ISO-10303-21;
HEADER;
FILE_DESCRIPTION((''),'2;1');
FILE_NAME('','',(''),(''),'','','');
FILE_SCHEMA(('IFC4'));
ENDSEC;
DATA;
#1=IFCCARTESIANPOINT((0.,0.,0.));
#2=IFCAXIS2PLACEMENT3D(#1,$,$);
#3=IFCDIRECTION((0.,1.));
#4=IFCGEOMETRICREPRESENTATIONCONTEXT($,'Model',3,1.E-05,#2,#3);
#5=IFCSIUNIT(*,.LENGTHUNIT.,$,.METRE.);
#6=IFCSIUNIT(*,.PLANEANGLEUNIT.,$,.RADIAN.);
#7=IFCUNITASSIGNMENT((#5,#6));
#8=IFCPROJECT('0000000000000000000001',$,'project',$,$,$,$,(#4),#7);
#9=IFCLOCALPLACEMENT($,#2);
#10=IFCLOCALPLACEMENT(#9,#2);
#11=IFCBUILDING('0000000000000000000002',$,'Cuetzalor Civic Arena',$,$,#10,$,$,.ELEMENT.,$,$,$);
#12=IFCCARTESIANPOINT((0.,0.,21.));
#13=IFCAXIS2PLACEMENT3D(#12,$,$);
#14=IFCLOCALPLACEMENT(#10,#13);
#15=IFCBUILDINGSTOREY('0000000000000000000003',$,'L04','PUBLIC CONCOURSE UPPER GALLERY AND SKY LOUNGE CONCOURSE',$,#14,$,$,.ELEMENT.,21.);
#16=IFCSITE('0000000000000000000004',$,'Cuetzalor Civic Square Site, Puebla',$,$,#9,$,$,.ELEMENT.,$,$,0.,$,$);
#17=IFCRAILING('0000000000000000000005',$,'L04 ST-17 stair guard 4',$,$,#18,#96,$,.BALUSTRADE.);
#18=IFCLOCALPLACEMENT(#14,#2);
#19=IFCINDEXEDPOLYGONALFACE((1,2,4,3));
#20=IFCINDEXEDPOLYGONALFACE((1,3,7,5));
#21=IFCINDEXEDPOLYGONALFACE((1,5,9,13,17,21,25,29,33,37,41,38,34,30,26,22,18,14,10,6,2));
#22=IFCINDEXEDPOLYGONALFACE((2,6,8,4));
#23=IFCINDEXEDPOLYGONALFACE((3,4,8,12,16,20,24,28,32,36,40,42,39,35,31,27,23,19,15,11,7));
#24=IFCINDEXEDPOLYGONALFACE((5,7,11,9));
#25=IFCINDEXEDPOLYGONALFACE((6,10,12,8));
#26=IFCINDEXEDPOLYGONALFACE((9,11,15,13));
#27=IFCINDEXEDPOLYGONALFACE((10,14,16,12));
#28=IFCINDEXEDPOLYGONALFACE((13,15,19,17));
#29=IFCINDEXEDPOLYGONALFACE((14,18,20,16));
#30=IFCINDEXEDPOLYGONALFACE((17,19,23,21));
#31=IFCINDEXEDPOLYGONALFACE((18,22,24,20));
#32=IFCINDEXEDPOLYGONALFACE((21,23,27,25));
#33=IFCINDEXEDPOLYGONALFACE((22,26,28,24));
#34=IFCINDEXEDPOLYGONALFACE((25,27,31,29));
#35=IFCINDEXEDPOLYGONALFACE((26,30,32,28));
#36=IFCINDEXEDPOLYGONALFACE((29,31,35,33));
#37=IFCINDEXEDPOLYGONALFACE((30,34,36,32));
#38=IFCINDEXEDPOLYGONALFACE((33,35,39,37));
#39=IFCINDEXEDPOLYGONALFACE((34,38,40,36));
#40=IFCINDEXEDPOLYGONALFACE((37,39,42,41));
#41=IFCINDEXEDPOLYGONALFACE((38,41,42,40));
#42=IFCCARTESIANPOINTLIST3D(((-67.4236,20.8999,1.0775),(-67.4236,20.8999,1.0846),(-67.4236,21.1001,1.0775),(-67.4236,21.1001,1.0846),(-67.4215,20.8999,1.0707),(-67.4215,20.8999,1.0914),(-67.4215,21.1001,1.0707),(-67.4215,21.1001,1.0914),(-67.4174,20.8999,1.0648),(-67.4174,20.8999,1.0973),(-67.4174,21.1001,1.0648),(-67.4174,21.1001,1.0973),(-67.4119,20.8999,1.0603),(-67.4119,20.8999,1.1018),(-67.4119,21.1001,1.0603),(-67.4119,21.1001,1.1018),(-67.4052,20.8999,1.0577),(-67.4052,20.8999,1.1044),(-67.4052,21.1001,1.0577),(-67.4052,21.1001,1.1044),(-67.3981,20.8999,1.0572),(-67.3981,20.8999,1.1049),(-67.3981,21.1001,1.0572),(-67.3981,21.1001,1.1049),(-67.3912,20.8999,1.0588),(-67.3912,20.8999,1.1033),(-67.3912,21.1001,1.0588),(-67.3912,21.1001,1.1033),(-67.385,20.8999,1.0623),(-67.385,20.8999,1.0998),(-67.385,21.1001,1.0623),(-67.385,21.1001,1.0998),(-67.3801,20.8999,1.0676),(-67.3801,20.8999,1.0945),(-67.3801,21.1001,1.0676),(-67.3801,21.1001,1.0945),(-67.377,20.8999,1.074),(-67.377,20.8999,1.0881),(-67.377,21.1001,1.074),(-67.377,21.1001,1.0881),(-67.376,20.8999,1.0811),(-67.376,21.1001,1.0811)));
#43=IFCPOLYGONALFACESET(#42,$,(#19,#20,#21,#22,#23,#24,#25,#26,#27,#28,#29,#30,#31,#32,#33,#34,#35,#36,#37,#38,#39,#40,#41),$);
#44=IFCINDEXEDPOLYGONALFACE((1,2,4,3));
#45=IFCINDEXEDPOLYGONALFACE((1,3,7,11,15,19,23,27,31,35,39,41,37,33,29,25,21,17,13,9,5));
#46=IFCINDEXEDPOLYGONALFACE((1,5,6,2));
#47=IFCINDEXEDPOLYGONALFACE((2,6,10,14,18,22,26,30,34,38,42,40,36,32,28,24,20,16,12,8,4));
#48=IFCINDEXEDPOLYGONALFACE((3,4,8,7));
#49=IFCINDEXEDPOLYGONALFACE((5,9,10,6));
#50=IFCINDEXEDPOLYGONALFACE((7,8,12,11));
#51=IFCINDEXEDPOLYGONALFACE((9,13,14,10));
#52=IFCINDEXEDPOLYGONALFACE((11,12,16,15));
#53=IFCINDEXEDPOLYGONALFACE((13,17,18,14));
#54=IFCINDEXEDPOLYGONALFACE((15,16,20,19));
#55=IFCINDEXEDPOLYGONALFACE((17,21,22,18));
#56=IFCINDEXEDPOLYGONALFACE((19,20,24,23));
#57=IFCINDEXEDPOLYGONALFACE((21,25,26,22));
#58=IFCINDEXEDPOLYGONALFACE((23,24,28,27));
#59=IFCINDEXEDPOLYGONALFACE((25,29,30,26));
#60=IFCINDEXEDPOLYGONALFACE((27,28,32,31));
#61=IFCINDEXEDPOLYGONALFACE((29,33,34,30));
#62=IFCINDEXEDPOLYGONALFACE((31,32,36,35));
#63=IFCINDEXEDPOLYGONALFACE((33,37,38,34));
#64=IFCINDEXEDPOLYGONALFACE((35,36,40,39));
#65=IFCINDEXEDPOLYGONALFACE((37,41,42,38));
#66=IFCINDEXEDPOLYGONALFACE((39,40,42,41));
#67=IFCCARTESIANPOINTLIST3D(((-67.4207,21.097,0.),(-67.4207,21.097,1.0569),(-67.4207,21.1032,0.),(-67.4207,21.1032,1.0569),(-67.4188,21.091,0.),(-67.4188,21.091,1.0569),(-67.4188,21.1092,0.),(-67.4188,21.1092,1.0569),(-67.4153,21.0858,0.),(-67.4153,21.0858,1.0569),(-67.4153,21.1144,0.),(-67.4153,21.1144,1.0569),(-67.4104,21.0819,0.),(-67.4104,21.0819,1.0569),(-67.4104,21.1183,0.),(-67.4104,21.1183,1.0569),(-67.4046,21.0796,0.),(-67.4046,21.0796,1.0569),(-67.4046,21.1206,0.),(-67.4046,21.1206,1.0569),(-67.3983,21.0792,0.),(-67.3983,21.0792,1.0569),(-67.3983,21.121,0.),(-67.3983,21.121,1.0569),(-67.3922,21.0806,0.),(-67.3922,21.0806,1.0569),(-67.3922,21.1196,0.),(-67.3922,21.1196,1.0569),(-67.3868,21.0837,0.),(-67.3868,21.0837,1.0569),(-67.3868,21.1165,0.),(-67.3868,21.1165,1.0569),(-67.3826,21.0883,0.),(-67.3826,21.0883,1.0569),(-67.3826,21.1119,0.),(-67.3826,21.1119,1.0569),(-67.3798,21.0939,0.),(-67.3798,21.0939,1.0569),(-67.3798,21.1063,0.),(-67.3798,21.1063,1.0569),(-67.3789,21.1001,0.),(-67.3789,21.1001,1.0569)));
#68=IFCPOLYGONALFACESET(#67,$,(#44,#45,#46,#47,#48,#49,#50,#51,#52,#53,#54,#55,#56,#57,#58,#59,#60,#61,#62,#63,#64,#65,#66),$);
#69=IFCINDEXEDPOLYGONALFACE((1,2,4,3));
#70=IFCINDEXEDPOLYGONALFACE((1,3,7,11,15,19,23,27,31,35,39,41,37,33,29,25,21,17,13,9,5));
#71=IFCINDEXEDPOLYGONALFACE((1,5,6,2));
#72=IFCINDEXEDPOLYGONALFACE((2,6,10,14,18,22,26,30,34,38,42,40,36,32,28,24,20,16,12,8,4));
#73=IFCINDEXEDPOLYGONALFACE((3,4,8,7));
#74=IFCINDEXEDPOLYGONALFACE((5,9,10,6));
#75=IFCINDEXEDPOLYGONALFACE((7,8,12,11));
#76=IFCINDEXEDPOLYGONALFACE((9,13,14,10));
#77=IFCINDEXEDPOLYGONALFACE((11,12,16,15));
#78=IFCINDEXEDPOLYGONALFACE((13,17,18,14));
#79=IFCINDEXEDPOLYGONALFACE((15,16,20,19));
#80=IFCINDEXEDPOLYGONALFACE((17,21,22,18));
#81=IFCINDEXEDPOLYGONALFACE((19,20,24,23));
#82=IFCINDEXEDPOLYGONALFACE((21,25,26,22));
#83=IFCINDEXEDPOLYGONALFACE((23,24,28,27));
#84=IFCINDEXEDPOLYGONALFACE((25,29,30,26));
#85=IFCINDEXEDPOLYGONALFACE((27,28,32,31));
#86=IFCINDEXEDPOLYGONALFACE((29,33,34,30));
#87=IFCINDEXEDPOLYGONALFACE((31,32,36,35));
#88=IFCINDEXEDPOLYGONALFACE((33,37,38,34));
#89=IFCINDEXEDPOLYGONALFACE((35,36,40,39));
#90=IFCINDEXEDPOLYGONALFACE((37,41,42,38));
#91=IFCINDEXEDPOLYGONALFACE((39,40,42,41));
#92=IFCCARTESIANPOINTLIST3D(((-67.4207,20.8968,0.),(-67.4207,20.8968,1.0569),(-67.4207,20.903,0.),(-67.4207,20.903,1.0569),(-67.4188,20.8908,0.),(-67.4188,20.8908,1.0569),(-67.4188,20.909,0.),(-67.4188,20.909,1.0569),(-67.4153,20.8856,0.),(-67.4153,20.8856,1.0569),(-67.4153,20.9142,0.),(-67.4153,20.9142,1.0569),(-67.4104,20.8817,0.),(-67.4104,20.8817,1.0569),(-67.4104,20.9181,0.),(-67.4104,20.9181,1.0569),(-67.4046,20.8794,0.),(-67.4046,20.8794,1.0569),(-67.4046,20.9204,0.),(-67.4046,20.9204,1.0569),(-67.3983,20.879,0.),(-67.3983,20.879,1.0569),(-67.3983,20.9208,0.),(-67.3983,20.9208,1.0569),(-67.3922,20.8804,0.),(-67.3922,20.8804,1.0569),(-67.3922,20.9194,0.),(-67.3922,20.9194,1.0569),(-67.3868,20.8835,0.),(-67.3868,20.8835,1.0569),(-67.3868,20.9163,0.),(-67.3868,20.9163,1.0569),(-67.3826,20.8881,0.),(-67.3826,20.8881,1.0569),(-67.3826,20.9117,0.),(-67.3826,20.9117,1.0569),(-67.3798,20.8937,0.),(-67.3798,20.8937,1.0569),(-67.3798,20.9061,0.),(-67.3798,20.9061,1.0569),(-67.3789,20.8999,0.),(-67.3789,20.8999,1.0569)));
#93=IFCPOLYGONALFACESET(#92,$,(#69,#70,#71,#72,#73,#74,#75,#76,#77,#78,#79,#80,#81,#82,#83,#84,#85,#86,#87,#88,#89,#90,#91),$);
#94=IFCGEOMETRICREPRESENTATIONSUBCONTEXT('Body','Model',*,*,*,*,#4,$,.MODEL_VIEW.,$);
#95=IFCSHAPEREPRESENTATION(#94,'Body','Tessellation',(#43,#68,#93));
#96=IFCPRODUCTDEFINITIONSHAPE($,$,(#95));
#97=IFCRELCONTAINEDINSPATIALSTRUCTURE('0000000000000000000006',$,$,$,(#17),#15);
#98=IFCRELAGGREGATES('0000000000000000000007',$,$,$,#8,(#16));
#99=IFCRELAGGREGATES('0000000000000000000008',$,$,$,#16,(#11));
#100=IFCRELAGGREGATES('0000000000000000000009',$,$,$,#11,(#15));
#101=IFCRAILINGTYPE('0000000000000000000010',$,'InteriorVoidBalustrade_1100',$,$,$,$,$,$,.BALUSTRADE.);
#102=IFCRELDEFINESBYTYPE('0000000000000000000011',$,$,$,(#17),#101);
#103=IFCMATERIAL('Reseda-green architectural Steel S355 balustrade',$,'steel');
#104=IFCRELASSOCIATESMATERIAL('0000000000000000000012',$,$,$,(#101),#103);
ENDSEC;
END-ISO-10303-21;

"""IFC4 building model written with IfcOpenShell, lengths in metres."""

from ifc_helpers import new_model, si_unit, direction, frame, origin, origin_2d, place, context, subcontext, project, spatial, circle, extrude, material, type_object, element, save


model = new_model("IFC4")

# Units and contexts
model_context = context("Model", 3, precision=1e-05, world=origin(), true_north=direction((0.0, 1.0)))
body_context = subcontext(model_context, "Body", "Model", "MODEL_VIEW")
ifc_project = project(units=[si_unit("LENGTHUNIT", "METRE"), si_unit("PLANEANGLEUNIT", "RADIAN")], contexts=[model_context])

# Site, building, storey
site_placement = place(None, origin())
site = spatial("IfcSite", under=ifc_project, at=site_placement, Name="Cuetzalor Civic Square Site, Puebla", CompositionType="ELEMENT", RefElevation=0.0)
building_placement = place(site_placement, origin())
building = spatial("IfcBuilding", under=site, at=building_placement, Name="Cuetzalor Civic Arena", CompositionType="ELEMENT")
storey_placement = place(building_placement, frame((0.0, 0.0, 21.0)))
storey = spatial("IfcBuildingStorey", under=building, at=storey_placement, Name="L04", Description="PUBLIC CONCOURSE UPPER GALLERY AND SKY LOUNGE CONCOURSE", CompositionType="ELEMENT", Elevation=21.0)

# Railing
ifc_material_1 = material(Name="Reseda-green architectural Steel S355 balustrade", Category="steel")
railing_type_1 = type_object("IfcRailingType", Name="InteriorVoidBalustrade_1100", PredefinedType="BALUSTRADE", material=ifc_material_1)
railing_1_placement = place(storey_placement, frame((-67.3999, 21.1001, 0.0)))
element("IfcRailing", 1, at=railing_1_placement, inside=storey, type_object=railing_type_1, Name="L04 ST-17 stair guard 4", PredefinedType="BALUSTRADE", context=body_context, shape_type="SweptSolid", body=[
    extrude(circle(Radius=0.0239, at=origin_2d()), frame((0.0, 0.0, 1.0811), z_axis=(0.0, -1.0, 0.0), x_axis=(1.0, 0.0, 0.0)), (0.0, 0.0, 1.0), 0.2002),
    extrude(circle(Radius=0.021, at=origin_2d()), origin(), (0.0, 0.0, 1.0), 1.0569),
    extrude(circle(Radius=0.021, at=origin_2d()), frame((0.0, -0.2002, 0.0)), (0.0, 0.0, 1.0), 1.0569),
])

save(model, "model.ifc")
